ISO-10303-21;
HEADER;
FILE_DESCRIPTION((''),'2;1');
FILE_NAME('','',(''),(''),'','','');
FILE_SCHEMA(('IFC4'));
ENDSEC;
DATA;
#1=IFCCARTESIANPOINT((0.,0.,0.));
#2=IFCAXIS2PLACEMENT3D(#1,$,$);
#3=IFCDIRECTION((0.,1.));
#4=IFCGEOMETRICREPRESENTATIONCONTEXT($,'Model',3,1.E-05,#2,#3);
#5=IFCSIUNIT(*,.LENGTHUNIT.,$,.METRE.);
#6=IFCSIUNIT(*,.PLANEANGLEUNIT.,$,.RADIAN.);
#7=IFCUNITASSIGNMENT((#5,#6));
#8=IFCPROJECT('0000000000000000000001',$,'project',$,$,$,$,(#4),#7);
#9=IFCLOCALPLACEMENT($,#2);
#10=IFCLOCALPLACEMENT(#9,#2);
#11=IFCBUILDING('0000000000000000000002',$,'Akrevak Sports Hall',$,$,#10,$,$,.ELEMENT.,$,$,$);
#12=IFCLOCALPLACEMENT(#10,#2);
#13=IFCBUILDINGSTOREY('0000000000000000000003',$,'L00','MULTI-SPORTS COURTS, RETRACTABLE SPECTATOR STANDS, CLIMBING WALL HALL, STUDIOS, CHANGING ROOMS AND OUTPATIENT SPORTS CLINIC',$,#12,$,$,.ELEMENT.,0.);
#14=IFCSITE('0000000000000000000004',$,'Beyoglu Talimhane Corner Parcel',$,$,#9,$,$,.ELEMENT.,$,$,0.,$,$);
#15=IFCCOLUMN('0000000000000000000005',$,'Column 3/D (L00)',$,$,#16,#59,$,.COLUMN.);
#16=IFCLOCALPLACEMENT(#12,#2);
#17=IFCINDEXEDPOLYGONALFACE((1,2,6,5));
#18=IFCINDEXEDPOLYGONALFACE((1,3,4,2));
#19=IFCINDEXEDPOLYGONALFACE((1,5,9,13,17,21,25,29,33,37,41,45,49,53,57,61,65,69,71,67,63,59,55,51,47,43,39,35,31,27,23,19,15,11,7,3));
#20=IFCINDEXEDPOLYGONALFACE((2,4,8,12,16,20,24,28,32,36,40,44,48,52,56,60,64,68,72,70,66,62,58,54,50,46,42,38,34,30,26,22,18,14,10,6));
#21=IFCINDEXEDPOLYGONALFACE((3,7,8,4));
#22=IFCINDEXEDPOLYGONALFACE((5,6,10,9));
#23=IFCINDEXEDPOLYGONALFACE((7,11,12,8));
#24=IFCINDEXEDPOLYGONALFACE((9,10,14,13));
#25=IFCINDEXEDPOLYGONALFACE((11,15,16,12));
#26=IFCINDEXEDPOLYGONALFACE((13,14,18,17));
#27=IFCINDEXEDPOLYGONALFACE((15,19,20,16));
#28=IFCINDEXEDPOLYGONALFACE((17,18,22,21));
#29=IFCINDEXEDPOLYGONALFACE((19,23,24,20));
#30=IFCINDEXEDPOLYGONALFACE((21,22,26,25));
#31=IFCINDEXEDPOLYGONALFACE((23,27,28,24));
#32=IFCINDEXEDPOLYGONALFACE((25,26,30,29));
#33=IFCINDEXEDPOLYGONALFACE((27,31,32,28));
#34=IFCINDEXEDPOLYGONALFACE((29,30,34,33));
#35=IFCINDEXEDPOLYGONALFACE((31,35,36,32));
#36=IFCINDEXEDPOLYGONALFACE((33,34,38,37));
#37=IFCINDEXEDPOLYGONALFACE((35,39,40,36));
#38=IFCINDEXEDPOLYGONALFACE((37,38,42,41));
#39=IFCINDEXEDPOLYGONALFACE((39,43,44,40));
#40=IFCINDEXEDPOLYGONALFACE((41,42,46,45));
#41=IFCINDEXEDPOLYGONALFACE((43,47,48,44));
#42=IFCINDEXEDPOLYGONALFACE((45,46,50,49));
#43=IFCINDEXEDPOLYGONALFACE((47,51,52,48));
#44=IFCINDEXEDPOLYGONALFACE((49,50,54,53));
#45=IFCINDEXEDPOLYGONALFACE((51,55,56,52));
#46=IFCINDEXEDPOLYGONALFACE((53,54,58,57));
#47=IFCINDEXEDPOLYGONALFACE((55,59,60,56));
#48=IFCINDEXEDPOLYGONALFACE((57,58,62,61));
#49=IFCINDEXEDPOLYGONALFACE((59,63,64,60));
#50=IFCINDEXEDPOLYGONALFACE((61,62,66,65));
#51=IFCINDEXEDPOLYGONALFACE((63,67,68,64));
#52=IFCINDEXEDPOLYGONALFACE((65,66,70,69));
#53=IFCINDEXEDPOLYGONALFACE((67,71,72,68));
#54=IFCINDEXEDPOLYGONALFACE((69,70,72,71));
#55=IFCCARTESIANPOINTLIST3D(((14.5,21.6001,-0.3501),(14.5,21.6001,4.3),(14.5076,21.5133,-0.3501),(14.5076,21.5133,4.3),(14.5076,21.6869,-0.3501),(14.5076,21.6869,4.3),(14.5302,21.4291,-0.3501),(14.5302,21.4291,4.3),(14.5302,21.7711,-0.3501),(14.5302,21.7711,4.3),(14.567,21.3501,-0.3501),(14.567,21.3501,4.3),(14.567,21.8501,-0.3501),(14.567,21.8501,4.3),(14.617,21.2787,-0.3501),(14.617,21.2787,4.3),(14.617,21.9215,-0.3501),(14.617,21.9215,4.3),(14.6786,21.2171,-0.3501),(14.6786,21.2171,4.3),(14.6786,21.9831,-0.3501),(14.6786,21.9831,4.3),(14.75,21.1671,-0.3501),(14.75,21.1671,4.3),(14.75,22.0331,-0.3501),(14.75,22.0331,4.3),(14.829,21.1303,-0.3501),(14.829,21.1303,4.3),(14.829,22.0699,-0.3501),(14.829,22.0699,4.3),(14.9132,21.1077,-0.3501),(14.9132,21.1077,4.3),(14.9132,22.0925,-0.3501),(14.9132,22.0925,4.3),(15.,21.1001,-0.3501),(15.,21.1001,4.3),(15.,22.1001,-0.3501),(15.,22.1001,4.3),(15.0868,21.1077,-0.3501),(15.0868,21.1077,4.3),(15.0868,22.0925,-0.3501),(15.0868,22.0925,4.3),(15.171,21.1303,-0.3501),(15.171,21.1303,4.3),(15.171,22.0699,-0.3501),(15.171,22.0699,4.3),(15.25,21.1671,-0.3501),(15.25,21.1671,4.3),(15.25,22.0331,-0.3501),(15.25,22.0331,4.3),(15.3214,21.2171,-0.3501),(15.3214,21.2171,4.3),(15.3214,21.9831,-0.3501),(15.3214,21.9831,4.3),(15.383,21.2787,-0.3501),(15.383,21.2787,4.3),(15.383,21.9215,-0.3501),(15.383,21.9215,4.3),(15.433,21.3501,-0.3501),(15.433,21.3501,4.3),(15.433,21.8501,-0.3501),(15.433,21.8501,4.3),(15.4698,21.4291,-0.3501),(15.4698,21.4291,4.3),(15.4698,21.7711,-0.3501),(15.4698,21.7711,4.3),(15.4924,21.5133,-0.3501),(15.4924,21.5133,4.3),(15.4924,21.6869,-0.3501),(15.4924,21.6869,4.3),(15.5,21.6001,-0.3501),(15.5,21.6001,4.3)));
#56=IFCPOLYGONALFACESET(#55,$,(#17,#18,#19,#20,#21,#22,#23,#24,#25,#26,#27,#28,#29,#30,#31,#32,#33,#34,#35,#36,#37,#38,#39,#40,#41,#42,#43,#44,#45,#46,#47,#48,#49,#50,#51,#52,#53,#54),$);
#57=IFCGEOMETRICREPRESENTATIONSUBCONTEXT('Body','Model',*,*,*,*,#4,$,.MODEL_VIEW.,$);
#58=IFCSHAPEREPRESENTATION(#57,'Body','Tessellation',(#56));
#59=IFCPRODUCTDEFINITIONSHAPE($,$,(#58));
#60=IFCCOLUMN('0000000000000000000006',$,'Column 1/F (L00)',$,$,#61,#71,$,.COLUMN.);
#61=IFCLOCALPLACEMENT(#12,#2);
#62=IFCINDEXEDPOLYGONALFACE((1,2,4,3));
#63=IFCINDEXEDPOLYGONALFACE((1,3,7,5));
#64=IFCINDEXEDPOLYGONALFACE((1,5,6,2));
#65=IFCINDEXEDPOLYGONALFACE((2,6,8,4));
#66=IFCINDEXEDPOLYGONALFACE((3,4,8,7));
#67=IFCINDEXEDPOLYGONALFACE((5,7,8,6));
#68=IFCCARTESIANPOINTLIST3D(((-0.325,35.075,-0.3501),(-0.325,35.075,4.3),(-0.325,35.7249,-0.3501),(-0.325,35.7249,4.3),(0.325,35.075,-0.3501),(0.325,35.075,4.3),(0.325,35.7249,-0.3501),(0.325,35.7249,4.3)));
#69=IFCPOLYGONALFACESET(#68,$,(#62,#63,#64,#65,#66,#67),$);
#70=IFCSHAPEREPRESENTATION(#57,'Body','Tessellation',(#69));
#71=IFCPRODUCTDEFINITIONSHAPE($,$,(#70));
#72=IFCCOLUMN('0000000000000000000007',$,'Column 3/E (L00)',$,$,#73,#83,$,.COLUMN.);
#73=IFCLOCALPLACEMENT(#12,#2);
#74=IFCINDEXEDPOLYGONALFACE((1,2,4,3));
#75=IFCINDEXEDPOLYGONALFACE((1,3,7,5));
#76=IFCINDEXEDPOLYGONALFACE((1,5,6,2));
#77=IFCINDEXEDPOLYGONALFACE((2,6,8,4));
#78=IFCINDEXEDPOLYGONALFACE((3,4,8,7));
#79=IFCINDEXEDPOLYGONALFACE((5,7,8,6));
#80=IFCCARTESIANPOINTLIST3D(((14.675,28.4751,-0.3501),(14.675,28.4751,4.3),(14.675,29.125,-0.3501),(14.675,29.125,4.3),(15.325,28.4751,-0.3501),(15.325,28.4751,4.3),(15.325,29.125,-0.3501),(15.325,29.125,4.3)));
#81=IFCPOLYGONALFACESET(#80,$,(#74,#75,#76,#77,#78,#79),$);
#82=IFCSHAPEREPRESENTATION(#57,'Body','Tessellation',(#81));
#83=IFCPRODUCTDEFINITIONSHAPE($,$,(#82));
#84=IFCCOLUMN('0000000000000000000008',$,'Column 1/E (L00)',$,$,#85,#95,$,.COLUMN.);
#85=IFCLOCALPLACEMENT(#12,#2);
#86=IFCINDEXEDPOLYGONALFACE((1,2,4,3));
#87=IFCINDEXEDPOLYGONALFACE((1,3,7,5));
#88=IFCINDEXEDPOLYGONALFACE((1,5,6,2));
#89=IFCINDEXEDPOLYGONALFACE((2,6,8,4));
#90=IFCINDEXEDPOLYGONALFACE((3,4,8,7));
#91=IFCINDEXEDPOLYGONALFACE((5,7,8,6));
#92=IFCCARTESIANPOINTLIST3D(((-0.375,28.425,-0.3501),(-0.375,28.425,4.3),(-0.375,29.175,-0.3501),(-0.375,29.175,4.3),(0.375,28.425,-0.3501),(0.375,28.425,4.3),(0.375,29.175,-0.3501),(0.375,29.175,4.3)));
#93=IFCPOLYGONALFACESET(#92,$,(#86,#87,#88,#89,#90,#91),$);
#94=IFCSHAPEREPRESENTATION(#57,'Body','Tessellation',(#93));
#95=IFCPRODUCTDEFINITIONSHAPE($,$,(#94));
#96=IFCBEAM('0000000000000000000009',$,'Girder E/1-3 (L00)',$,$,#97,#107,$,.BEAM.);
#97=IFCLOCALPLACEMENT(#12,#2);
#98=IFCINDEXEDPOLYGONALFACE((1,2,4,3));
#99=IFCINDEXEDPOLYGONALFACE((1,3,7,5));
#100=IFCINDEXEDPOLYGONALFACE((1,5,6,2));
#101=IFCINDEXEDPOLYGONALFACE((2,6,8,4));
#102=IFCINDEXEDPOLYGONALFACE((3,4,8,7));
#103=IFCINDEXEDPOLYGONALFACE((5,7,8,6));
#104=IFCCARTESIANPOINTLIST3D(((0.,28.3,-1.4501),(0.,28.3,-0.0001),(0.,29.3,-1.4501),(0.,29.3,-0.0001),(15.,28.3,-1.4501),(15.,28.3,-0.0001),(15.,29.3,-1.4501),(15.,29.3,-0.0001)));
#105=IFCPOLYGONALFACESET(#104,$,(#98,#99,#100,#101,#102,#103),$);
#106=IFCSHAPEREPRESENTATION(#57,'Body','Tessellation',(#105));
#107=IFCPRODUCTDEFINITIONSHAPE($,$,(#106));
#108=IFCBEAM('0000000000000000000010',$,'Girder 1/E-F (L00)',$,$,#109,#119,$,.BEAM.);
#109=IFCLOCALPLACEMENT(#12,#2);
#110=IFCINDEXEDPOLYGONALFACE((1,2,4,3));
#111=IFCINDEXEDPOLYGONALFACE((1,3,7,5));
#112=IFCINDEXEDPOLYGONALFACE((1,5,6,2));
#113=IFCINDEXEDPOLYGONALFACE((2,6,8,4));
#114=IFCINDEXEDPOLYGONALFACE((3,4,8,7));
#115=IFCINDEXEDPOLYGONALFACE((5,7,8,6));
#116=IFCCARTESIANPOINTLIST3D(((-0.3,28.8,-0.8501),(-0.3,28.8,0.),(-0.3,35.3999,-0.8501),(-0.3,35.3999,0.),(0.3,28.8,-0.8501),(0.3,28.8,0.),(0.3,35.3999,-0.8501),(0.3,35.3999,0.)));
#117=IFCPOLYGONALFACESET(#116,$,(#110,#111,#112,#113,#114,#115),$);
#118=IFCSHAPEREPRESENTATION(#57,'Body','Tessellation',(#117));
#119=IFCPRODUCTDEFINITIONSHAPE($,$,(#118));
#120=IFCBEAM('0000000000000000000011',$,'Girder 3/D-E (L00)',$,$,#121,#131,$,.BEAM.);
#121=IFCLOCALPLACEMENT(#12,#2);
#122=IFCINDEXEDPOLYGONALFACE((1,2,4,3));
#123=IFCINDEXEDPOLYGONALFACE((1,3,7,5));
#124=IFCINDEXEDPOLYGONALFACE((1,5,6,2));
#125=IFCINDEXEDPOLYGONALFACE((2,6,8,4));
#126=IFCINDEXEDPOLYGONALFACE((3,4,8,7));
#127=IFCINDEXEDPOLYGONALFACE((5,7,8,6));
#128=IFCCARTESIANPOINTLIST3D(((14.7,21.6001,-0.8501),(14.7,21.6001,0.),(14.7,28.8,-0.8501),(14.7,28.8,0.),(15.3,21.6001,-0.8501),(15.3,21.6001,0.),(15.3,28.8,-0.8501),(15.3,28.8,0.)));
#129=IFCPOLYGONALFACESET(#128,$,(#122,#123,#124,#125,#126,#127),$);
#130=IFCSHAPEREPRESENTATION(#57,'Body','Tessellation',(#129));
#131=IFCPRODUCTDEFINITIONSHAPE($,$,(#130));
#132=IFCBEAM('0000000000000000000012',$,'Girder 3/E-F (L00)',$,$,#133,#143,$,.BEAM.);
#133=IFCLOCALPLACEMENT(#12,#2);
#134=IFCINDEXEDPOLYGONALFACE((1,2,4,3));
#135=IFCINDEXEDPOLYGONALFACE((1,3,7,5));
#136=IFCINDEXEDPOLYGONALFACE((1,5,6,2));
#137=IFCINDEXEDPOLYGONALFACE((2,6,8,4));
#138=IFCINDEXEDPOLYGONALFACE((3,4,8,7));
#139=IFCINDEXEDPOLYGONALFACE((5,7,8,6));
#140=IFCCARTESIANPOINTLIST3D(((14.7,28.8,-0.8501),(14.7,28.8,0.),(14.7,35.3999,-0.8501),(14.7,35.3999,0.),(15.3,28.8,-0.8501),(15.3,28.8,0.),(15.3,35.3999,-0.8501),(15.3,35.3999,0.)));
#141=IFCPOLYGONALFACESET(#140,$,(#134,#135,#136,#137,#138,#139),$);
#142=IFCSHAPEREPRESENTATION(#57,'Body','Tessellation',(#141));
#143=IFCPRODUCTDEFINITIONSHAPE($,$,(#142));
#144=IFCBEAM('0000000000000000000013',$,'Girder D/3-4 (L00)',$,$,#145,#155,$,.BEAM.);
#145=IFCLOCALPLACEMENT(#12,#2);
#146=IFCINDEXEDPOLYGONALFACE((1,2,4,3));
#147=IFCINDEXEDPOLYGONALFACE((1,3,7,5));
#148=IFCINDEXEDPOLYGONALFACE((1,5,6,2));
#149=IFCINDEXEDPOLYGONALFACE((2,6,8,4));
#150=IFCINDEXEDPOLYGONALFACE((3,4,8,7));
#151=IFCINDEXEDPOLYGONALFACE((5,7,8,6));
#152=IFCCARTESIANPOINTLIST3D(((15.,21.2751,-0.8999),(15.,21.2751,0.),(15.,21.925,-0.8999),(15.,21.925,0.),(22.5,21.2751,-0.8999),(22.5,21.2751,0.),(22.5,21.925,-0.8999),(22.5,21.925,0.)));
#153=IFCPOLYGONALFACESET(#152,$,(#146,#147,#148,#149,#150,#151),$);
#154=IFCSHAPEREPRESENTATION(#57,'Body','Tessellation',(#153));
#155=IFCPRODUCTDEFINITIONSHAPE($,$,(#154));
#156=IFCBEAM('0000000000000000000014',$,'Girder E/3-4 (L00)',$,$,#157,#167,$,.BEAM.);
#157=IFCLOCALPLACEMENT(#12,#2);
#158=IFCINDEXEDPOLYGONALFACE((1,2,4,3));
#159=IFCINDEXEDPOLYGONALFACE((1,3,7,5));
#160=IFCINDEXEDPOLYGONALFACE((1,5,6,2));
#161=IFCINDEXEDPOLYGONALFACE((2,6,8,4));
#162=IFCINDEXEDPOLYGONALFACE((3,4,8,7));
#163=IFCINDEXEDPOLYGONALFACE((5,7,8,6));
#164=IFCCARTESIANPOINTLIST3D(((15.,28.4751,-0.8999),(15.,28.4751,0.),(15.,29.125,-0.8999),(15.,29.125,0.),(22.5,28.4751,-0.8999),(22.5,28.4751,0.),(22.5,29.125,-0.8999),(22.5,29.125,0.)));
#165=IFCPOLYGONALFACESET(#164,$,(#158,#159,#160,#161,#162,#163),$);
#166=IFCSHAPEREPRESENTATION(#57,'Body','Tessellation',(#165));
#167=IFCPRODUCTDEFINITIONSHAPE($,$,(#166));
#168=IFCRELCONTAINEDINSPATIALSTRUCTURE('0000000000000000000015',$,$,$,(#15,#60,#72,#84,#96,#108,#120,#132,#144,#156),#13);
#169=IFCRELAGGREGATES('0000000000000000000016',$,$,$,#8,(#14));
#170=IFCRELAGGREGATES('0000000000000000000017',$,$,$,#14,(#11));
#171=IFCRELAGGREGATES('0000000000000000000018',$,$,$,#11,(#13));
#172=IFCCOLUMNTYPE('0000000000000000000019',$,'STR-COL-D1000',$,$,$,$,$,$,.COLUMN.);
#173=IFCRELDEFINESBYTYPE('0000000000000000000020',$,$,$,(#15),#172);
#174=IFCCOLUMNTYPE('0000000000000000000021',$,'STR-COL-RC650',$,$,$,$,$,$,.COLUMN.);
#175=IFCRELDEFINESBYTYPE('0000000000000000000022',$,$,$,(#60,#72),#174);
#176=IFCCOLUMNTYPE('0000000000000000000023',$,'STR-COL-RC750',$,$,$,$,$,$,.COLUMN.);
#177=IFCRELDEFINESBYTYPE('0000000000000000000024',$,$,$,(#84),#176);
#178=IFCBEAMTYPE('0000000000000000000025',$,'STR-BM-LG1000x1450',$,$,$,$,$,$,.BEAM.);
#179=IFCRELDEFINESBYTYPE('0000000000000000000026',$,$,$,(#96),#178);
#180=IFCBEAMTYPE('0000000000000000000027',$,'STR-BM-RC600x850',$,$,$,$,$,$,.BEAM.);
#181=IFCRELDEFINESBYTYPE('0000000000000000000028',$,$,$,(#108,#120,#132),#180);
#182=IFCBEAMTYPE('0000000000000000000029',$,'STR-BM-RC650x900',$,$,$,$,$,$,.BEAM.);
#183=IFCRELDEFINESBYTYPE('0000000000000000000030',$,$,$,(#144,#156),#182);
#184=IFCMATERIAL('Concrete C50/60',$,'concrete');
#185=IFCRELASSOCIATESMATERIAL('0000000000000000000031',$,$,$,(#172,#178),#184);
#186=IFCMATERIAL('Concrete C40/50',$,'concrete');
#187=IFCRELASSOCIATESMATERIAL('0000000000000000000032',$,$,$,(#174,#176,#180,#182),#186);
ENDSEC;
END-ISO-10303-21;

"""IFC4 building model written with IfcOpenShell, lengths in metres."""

from ifc_helpers import new_model, si_unit, direction, frame, origin, origin_2d, place, context, subcontext, project, spatial, rectangle, circle, extrude, material, material_profile, profile_set, type_object, element, save


model = new_model("IFC4")

# Units and contexts
model_context = context("Model", 3, precision=1e-05, world=origin(), true_north=direction((0.0, 1.0)))
body_context = subcontext(model_context, "Body", "Model", "MODEL_VIEW")
ifc_project = project(units=[si_unit("LENGTHUNIT", "METRE"), si_unit("PLANEANGLEUNIT", "RADIAN")], contexts=[model_context])

# Site, building, storey
site_placement = place(None, origin())
site = spatial("IfcSite", under=ifc_project, at=site_placement, Name="Beyoglu Talimhane Corner Parcel", CompositionType="ELEMENT", RefElevation=0.0)
building_placement = place(site_placement, origin())
building = spatial("IfcBuilding", under=site, at=building_placement, Name="Akrevak Sports Hall", CompositionType="ELEMENT")
storey_placement = place(building_placement, origin())
storey = spatial("IfcBuildingStorey", under=building, at=storey_placement, Name="L00", Description="MULTI-SPORTS COURTS, RETRACTABLE SPECTATOR STANDS, CLIMBING WALL HALL, STUDIOS, CHANGING ROOMS AND OUTPATIENT SPORTS CLINIC", CompositionType="ELEMENT", Elevation=0.0)

# Columns
ifc_material_1 = material(Name="Concrete C50/60", Category="concrete")
ifc_material_profile_1 = material_profile(ifc_material_1, circle(Radius=0.5, at=origin_2d()), Name="COL D1000", Category="concrete")
ifc_profile_set_1 = profile_set([ifc_material_profile_1], Name="Concrete C50/60")
column_type_1 = type_object("IfcColumnType", Name="STR-COL-D1000", PredefinedType="COLUMN", material=ifc_profile_set_1)
column_1_placement = place(storey_placement, frame((15.0, 21.6001, -0.3501), z_axis=(0.0, 0.0, 1.0), x_axis=(1.0, 0.0, 0.0)))
element("IfcColumn", 1, at=column_1_placement, inside=storey, type_object=column_type_1, Name="Column 3/D (L00)", PredefinedType="COLUMN", context=body_context, shape_type="SweptSolid", body=[
    extrude(circle(Radius=0.5, at=origin_2d()), origin(), (0.0, 0.0, 1.0), 4.6501),
])
ifc_material_2 = material(Name="Concrete C40/50", Category="concrete")
ifc_material_profile_2 = material_profile(ifc_material_2, rectangle(XDim=0.6499, YDim=0.6499, at=origin_2d()), Name="RC 650x650", Category="concrete")
ifc_profile_set_2 = profile_set([ifc_material_profile_2], Name="Concrete C40/50")
column_type_2 = type_object("IfcColumnType", Name="STR-COL-RC650", PredefinedType="COLUMN", material=ifc_profile_set_2)
for number, where, z_axis, x_axis, name in (
    (2, (0.0, 35.3999, -0.3501), (0.0, 0.0, 1.0), (1.0, 0.0, 0.0), "Column 1/F (L00)"),
    (3, (15.0, 28.8, -0.3501), (0.0, 0.0, 1.0), (1.0, 0.0, 0.0), "Column 3/E (L00)"),
):
    element("IfcColumn", number, at=place(storey_placement, frame(where, z_axis=z_axis, x_axis=x_axis)), inside=storey, type_object=column_type_2, Name=name, PredefinedType="COLUMN", context=body_context, shape_type="SweptSolid", body=[
        extrude(rectangle(XDim=0.6499, YDim=0.6499, at=origin_2d()), origin(), (0.0, 0.0, 1.0), 4.6501),
    ])
ifc_material_profile_3 = material_profile(ifc_material_2, rectangle(XDim=0.75, YDim=0.75, at=origin_2d()), Name="RC 750x750", Category="concrete")
ifc_profile_set_3 = profile_set([ifc_material_profile_3], Name="Concrete C40/50")
column_type_3 = type_object("IfcColumnType", Name="STR-COL-RC750", PredefinedType="COLUMN", material=ifc_profile_set_3)
column_2_placement = place(storey_placement, frame((0.0, 28.8, -0.3501), z_axis=(0.0, 0.0, 1.0), x_axis=(1.0, 0.0, 0.0)))
element("IfcColumn", 4, at=column_2_placement, inside=storey, type_object=column_type_3, Name="Column 1/E (L00)", PredefinedType="COLUMN", context=body_context, shape_type="SweptSolid", body=[
    extrude(rectangle(XDim=0.75, YDim=0.75, at=origin_2d()), origin(), (0.0, 0.0, 1.0), 4.6501),
])

# Beams
ifc_material_profile_4 = material_profile(ifc_material_1, rectangle(XDim=1.0, YDim=1.45, at=origin_2d()), Name="BM 1000x1450", Category="concrete")
ifc_profile_set_4 = profile_set([ifc_material_profile_4], Name="Concrete C50/60")
beam_type_1 = type_object("IfcBeamType", Name="STR-BM-LG1000x1450", PredefinedType="BEAM", material=ifc_profile_set_4)
beam_1_placement = place(storey_placement, frame((0.0, 28.8, -0.7251), z_axis=(1.0, 0.0, 0.0), x_axis=(0.0, 1.0, 0.0)))
element("IfcBeam", 5, at=beam_1_placement, inside=storey, type_object=beam_type_1, Name="Girder E/1-3 (L00)", PredefinedType="BEAM", context=body_context, shape_type="SweptSolid", body=[
    extrude(rectangle(XDim=1.0, YDim=1.45, at=origin_2d()), origin(), (0.0, 0.0, 1.0), 15.0),
])
ifc_material_profile_5 = material_profile(ifc_material_2, rectangle(XDim=0.6001, YDim=0.8501, at=origin_2d()), Name="BM 600x850", Category="concrete")
ifc_profile_set_5 = profile_set([ifc_material_profile_5], Name="Concrete C40/50")
beam_type_2 = type_object("IfcBeamType", Name="STR-BM-RC600x850", PredefinedType="BEAM", material=ifc_profile_set_5)
beam_2_placement = place(storey_placement, frame((0.0, 28.8, -0.425), z_axis=(0.0, 1.0, 0.0), x_axis=(-1.0, 0.0, 0.0)))
element("IfcBeam", 6, at=beam_2_placement, inside=storey, type_object=beam_type_2, Name="Girder 1/E-F (L00)", PredefinedType="BEAM", context=body_context, shape_type="SweptSolid", body=[
    extrude(rectangle(XDim=0.6001, YDim=0.8501, at=origin_2d()), origin(), (0.0, 0.0, 1.0), 6.5999),
])
beam_3_placement = place(storey_placement, frame((15.0, 21.6001, -0.425), z_axis=(0.0, 1.0, 0.0), x_axis=(-1.0, 0.0, 0.0)))
element("IfcBeam", 7, at=beam_3_placement, inside=storey, type_object=beam_type_2, Name="Girder 3/D-E (L00)", PredefinedType="BEAM", context=body_context, shape_type="SweptSolid", body=[
    extrude(rectangle(XDim=0.6001, YDim=0.8501, at=origin_2d()), origin(), (0.0, 0.0, 1.0), 7.2),
])
beam_4_placement = place(storey_placement, frame((15.0, 28.8, -0.425), z_axis=(0.0, 1.0, 0.0), x_axis=(-1.0, 0.0, 0.0)))
element("IfcBeam", 8, at=beam_4_placement, inside=storey, type_object=beam_type_2, Name="Girder 3/E-F (L00)", PredefinedType="BEAM", context=body_context, shape_type="SweptSolid", body=[
    extrude(rectangle(XDim=0.6001, YDim=0.8501, at=origin_2d()), origin(), (0.0, 0.0, 1.0), 6.5999),
])
ifc_material_profile_6 = material_profile(ifc_material_2, rectangle(XDim=0.6499, YDim=0.8999, at=origin_2d()), Name="BM 650x900", Category="concrete")
ifc_profile_set_6 = profile_set([ifc_material_profile_6], Name="Concrete C40/50")
beam_type_3 = type_object("IfcBeamType", Name="STR-BM-RC650x900", PredefinedType="BEAM", material=ifc_profile_set_6)
for number, where, z_axis, x_axis, name in (
    (9, (15.0, 21.6001, -0.45), (1.0, 0.0, 0.0), (0.0, 1.0, 0.0), "Girder D/3-4 (L00)"),
    (10, (15.0, 28.8, -0.45), (1.0, 0.0, 0.0), (0.0, 1.0, 0.0), "Girder E/3-4 (L00)"),
):
    element("IfcBeam", number, at=place(storey_placement, frame(where, z_axis=z_axis, x_axis=x_axis)), inside=storey, type_object=beam_type_3, Name=name, PredefinedType="BEAM", context=body_context, shape_type="SweptSolid", body=[
        extrude(rectangle(XDim=0.6499, YDim=0.8999, at=origin_2d()), origin(), (0.0, 0.0, 1.0), 7.5),
    ])

save(model, "model.ifc")
